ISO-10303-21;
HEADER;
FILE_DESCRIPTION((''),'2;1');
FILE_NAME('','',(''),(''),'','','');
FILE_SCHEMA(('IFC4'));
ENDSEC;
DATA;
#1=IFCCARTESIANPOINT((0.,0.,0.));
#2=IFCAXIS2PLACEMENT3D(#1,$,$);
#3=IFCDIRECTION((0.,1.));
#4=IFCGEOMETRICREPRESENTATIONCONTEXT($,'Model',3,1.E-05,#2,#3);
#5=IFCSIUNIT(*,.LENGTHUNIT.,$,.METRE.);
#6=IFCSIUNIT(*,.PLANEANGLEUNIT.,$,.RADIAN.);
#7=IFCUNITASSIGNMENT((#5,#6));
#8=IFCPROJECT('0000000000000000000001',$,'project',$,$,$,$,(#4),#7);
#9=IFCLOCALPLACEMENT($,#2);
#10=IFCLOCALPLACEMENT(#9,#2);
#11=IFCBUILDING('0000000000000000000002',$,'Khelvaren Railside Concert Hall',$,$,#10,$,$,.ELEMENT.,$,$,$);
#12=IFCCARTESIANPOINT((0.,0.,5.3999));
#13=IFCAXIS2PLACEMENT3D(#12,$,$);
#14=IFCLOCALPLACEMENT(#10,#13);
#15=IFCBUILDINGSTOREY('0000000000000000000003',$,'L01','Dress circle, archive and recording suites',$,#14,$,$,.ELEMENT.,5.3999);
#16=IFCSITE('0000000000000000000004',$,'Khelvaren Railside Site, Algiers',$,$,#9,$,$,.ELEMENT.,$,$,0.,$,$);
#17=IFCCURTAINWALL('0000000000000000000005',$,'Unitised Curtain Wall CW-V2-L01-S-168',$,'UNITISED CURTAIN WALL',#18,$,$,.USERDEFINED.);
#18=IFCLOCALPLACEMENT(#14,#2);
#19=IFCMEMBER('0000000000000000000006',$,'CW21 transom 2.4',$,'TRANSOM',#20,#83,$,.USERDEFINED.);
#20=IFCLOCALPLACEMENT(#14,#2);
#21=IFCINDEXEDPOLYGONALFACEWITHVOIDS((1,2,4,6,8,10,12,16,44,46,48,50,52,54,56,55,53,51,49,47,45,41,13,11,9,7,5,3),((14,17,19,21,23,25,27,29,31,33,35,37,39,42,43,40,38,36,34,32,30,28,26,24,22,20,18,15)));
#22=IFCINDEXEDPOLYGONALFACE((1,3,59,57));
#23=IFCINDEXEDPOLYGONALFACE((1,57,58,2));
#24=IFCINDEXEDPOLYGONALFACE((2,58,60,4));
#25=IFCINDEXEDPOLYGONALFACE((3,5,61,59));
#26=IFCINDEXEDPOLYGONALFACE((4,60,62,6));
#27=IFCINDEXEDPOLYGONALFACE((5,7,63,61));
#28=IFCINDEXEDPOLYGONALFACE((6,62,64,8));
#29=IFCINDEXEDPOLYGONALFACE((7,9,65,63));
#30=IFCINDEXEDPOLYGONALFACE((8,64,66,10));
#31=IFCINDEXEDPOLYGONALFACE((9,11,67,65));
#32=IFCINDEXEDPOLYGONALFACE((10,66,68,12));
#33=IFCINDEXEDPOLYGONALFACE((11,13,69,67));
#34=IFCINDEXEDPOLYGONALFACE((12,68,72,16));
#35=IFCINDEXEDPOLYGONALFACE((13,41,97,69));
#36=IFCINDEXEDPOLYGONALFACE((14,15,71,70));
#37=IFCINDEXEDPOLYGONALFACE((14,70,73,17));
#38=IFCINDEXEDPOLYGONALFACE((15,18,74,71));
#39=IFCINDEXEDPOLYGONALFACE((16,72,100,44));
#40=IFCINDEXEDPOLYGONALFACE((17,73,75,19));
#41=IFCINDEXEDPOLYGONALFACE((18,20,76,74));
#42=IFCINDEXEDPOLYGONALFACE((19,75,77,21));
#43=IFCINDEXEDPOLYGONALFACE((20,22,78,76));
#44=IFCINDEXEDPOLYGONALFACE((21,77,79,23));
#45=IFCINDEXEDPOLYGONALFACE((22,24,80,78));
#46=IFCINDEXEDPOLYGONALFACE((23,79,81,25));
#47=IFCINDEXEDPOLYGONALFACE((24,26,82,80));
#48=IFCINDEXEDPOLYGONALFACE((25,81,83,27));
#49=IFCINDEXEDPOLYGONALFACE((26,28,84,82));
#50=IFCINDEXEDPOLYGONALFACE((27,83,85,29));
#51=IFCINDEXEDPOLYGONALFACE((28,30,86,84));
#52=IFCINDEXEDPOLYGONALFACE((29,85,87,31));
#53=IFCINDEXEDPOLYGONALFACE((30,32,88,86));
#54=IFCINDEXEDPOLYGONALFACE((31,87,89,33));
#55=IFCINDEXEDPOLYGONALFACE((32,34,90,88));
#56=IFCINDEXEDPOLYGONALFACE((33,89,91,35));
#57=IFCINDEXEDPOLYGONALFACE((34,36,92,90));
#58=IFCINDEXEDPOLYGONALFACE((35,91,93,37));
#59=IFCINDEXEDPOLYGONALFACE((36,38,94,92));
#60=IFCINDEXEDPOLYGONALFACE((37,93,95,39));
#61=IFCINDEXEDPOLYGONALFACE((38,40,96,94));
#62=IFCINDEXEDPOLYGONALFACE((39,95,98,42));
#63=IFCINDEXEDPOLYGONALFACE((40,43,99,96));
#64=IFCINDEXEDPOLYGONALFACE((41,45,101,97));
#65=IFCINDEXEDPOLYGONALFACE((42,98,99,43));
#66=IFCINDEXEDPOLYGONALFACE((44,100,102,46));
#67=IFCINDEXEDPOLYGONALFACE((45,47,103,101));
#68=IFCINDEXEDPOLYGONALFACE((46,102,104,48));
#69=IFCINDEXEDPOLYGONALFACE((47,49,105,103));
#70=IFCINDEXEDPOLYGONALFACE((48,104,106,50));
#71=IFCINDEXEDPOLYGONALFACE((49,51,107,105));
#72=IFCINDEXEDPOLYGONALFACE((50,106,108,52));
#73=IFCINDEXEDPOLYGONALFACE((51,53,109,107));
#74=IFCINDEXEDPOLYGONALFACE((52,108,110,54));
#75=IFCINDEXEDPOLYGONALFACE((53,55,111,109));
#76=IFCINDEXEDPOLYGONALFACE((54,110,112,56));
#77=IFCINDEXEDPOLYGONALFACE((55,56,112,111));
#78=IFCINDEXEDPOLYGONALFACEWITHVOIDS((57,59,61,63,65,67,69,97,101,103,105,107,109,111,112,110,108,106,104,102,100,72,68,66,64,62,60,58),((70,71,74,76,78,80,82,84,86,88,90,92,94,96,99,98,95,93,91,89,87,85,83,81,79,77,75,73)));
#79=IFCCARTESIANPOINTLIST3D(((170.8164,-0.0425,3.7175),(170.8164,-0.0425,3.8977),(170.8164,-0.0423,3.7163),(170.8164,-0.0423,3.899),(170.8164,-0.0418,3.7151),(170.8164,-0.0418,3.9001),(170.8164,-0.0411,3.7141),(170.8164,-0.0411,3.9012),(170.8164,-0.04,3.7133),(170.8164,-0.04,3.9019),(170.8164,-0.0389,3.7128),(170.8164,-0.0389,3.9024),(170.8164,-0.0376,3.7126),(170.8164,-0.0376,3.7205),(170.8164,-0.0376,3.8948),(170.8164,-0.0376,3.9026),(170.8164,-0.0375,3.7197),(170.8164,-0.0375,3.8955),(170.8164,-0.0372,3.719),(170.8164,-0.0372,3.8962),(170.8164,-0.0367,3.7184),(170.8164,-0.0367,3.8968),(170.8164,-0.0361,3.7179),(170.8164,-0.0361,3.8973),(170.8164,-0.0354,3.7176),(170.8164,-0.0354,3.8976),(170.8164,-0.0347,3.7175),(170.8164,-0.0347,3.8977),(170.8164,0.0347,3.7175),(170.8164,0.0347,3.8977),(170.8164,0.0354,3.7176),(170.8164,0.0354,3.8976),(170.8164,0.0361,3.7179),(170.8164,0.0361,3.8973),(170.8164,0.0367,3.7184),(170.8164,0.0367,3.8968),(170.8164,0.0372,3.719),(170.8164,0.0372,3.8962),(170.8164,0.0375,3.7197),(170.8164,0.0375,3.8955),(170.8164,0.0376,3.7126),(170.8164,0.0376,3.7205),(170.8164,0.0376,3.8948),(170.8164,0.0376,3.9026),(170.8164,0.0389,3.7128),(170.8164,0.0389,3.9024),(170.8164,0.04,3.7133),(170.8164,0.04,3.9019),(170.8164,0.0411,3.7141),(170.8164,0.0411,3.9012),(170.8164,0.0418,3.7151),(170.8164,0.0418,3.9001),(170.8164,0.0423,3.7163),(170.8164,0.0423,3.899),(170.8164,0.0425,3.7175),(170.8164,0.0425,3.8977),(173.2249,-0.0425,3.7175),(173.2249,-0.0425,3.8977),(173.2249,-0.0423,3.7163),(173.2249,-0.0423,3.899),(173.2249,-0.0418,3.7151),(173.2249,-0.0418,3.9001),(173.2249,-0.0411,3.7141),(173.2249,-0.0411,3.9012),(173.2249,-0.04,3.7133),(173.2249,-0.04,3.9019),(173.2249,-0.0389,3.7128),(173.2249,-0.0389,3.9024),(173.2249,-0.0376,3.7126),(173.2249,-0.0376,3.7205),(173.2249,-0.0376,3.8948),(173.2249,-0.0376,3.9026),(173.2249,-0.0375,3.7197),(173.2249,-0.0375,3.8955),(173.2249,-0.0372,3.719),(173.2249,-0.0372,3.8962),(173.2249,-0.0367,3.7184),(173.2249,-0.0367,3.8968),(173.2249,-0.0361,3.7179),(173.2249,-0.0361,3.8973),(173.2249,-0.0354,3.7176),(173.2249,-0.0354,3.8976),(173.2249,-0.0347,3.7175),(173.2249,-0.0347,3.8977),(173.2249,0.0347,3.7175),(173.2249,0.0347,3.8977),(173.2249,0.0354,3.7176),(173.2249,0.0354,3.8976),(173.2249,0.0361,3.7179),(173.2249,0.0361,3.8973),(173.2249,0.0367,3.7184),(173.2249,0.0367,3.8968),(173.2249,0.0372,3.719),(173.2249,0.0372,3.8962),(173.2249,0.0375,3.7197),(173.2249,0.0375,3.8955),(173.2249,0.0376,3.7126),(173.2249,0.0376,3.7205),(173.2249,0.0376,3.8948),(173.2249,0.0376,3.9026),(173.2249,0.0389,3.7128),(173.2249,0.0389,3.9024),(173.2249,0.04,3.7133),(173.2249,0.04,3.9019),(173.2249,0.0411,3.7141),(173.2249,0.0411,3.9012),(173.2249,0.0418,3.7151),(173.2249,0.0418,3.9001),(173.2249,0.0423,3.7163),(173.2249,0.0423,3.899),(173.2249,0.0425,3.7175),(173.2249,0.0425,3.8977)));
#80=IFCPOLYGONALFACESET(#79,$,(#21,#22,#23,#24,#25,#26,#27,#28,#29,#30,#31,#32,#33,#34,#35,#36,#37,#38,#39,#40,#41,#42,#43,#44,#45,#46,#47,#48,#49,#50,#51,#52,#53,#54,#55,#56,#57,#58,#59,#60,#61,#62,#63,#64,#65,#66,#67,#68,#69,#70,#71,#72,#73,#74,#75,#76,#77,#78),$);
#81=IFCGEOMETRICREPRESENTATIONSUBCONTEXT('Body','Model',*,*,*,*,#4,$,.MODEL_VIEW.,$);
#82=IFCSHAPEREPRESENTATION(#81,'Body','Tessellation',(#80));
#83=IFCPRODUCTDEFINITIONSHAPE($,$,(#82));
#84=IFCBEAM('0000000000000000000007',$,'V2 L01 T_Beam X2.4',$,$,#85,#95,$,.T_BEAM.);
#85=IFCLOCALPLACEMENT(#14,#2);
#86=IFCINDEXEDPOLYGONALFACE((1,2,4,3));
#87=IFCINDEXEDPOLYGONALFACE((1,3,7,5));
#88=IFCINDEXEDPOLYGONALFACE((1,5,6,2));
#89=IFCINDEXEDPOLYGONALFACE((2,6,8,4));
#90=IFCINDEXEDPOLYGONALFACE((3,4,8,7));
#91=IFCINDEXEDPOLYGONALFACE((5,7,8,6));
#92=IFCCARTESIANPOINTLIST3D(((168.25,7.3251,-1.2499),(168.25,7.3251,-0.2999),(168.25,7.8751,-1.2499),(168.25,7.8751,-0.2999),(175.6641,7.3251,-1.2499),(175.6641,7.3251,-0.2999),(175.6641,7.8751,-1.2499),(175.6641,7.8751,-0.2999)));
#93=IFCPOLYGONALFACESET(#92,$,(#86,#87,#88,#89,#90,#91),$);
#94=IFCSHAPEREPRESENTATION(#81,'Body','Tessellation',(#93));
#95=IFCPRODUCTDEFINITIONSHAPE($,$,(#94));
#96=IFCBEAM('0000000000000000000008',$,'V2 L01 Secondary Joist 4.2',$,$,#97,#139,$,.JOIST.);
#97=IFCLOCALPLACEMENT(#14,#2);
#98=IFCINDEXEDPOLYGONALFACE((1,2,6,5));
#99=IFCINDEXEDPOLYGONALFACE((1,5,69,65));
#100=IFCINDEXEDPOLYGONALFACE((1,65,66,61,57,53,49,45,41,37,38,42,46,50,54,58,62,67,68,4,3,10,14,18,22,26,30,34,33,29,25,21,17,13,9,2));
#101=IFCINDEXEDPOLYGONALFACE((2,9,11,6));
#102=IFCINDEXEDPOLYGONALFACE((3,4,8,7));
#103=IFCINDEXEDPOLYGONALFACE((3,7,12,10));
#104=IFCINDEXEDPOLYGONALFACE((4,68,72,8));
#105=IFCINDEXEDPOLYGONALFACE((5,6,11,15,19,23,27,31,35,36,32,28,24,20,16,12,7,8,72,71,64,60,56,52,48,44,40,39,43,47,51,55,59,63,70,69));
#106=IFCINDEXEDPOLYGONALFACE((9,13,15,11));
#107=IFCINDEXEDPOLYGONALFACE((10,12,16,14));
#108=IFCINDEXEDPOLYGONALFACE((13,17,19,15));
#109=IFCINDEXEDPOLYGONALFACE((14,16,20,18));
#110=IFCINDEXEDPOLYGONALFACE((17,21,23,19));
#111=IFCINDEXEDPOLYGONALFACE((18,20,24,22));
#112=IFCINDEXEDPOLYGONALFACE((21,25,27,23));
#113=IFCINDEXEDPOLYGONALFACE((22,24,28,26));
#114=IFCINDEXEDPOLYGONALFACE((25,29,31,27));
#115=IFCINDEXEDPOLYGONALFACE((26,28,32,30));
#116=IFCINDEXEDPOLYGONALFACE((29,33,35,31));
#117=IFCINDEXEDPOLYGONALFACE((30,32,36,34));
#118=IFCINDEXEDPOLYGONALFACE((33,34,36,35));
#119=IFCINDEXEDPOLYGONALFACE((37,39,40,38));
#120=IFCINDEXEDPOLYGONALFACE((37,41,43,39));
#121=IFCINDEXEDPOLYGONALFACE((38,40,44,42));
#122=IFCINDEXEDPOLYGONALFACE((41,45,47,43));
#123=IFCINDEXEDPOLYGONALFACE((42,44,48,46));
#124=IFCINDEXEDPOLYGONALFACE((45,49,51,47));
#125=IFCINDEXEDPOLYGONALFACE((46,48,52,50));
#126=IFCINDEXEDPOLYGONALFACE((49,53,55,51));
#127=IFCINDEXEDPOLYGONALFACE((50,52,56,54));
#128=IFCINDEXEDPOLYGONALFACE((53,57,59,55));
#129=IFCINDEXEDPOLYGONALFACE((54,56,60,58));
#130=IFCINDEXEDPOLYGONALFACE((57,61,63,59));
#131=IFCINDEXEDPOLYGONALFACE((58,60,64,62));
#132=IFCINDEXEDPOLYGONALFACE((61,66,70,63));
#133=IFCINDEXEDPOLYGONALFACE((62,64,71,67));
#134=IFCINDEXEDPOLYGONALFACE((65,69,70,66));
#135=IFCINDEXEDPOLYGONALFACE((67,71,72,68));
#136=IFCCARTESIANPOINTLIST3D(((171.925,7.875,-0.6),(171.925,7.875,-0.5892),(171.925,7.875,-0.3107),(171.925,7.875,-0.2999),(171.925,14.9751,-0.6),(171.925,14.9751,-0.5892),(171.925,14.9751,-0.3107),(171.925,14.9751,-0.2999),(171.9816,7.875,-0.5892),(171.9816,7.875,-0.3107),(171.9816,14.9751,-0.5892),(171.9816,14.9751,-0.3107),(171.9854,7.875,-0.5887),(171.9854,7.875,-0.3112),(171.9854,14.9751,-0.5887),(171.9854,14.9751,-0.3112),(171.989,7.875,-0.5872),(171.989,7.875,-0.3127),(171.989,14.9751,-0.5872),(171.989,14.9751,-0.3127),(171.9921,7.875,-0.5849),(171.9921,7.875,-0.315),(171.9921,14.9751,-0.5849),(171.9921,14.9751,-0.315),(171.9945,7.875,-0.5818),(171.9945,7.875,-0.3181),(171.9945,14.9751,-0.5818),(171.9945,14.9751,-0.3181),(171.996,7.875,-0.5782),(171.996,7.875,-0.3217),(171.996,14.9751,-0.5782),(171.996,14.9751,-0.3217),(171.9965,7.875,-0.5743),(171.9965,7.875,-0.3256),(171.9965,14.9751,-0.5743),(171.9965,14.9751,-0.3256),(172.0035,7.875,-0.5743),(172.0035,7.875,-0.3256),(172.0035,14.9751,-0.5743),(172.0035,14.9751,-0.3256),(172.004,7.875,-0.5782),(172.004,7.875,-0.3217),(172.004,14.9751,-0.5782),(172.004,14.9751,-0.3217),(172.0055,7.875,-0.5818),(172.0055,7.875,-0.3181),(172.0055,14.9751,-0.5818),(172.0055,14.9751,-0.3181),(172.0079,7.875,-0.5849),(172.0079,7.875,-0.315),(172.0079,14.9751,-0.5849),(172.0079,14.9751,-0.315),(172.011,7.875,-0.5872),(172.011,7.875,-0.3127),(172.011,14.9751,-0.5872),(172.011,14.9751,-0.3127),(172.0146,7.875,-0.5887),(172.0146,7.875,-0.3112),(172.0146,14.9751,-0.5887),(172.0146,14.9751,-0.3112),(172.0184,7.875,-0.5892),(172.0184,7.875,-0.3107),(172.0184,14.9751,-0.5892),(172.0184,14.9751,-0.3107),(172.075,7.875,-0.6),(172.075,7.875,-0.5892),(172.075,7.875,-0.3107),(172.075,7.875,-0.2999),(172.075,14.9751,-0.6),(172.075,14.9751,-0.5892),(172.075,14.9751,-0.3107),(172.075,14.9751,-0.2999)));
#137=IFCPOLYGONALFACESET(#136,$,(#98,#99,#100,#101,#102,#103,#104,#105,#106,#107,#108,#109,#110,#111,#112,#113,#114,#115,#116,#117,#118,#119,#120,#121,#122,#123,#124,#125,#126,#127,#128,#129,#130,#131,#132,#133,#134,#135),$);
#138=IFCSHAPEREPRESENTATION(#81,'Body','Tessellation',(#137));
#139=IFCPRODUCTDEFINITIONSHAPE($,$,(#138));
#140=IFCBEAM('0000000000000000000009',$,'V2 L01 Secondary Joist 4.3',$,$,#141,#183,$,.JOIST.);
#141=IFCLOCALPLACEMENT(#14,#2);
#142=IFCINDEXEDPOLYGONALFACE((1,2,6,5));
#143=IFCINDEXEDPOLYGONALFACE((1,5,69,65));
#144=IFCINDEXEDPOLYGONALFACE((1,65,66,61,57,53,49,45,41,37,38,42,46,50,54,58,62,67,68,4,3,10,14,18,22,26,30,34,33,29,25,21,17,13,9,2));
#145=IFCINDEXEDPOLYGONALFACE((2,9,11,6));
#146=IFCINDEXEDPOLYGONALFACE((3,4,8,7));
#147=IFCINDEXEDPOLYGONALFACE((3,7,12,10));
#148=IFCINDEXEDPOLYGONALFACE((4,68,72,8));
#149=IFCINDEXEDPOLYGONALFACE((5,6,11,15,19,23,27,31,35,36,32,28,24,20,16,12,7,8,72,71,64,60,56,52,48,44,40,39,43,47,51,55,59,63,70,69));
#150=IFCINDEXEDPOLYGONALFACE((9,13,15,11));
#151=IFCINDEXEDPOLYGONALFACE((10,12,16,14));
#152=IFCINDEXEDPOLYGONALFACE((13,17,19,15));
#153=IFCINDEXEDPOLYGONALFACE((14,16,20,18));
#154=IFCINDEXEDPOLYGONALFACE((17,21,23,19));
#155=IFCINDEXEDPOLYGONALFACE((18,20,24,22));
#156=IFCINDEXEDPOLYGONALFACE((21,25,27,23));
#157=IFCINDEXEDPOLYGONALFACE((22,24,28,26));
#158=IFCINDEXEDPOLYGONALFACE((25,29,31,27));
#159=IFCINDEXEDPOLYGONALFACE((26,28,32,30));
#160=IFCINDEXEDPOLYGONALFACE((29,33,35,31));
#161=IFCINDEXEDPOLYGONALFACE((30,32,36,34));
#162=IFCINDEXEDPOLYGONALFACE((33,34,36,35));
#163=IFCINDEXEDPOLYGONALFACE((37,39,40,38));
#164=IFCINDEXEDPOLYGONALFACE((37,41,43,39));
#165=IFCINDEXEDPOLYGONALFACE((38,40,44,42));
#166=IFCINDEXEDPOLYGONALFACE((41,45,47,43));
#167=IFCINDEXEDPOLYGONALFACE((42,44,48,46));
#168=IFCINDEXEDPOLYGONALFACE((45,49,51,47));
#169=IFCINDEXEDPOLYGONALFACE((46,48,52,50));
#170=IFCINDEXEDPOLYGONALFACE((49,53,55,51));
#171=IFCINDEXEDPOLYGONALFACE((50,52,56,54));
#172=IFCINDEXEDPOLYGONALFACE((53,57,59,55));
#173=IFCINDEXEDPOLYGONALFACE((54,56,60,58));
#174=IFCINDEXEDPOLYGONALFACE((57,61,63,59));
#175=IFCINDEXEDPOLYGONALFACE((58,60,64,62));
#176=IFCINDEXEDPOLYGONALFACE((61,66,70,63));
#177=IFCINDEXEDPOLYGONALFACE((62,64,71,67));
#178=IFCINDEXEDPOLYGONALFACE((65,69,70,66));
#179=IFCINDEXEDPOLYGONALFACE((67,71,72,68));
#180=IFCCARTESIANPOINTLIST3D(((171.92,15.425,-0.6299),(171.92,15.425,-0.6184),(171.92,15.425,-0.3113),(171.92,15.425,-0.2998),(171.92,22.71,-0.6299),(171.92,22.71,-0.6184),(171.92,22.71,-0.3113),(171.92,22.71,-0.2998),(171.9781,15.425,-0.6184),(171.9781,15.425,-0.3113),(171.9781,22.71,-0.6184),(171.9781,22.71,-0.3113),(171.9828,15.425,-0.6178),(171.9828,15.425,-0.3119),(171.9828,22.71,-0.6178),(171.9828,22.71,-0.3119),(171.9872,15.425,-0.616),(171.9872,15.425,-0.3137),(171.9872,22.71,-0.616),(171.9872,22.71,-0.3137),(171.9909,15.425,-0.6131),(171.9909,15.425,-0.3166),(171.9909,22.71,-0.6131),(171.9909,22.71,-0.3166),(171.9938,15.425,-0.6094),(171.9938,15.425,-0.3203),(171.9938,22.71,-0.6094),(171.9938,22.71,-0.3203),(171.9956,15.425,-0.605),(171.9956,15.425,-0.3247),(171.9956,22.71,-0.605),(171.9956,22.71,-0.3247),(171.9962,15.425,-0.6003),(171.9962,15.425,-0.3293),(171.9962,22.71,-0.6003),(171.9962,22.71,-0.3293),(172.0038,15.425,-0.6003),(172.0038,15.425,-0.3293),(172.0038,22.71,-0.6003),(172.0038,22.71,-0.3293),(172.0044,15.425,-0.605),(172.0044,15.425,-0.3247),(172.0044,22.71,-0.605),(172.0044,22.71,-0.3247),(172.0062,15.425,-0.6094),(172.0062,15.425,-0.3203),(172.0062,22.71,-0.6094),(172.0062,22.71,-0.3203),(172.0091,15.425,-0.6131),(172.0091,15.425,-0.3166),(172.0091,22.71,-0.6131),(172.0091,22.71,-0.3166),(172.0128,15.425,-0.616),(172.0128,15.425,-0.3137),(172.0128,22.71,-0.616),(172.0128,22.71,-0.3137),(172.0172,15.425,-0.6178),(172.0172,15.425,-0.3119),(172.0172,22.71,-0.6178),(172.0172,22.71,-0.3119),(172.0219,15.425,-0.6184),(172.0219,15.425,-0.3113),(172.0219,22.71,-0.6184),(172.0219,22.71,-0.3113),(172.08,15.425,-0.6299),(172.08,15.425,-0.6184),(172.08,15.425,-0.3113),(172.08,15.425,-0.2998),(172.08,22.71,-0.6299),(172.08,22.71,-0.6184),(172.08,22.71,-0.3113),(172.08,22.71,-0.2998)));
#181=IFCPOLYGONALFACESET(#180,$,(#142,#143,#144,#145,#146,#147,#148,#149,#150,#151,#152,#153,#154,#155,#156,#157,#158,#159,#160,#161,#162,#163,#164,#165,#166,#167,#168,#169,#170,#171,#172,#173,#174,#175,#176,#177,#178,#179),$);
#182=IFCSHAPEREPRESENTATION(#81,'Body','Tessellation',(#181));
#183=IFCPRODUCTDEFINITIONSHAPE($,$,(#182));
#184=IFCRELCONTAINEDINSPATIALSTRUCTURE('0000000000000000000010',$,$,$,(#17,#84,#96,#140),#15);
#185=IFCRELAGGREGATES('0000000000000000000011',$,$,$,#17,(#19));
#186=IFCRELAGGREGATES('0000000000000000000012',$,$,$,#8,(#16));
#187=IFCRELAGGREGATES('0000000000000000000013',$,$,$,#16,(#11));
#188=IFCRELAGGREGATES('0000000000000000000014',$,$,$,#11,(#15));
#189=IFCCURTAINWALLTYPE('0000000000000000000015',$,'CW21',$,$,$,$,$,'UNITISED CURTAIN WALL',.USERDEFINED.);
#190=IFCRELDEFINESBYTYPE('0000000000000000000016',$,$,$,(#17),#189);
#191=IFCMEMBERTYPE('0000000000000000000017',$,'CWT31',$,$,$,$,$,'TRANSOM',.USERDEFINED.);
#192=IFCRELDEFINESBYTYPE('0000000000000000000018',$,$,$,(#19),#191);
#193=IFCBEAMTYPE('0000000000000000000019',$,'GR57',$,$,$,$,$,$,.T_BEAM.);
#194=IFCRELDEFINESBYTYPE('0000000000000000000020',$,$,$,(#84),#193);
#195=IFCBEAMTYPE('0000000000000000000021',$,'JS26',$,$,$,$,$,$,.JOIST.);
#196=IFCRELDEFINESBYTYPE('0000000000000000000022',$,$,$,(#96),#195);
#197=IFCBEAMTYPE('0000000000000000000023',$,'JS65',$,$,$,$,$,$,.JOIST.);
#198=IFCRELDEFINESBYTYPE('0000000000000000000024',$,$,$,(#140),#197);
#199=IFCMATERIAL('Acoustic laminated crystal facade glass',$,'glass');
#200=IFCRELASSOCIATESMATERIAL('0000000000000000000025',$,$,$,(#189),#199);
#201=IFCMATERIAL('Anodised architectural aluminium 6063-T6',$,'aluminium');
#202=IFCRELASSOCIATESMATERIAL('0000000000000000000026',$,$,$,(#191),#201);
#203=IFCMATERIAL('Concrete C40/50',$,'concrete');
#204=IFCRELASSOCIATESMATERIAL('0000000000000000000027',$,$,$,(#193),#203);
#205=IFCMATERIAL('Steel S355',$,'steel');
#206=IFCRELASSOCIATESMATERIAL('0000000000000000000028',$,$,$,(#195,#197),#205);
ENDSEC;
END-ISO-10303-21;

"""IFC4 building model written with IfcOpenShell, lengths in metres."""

from ifc_helpers import new_model, si_unit, direction, frame, origin, origin_2d, place, context, subcontext, project, spatial, rectangle, hollow_rectangle, i_section, extrude, material, material_profile, profile_set, type_object, element, aggregate, save


model = new_model("IFC4")

# Units and contexts
model_context = context("Model", 3, precision=1e-05, world=origin(), true_north=direction((0.0, 1.0)))
body_context = subcontext(model_context, "Body", "Model", "MODEL_VIEW")
ifc_project = project(units=[si_unit("LENGTHUNIT", "METRE"), si_unit("PLANEANGLEUNIT", "RADIAN")], contexts=[model_context])

# Site, building, storey
site_placement = place(None, origin())
site = spatial("IfcSite", under=ifc_project, at=site_placement, Name="Khelvaren Railside Site, Algiers", CompositionType="ELEMENT", RefElevation=0.0)
building_placement = place(site_placement, origin())
building = spatial("IfcBuilding", under=site, at=building_placement, Name="Khelvaren Railside Concert Hall", CompositionType="ELEMENT")
storey_placement = place(building_placement, frame((0.0, 0.0, 5.3999)))
storey = spatial("IfcBuildingStorey", under=building, at=storey_placement, Name="L01", Description="Dress circle, archive and recording suites", CompositionType="ELEMENT", Elevation=5.3999)

# Shared definitions
ifc_material_1 = material(Name="Steel S355", Category="steel")

# Shared definitions
ifc_material_2 = material(Name="Concrete C40/50", Category="concrete")

# Curtain wall, member
ifc_material_3 = material(Name="Acoustic laminated crystal facade glass", Category="glass")
curtain_wall_type = type_object("IfcCurtainWallType", Name="CW21", ElementType="UNITISED CURTAIN WALL", PredefinedType="USERDEFINED", material=ifc_material_3)
curtain_wall_placement = place(storey_placement, origin())
curtain_wall = element("IfcCurtainWall", 1, at=curtain_wall_placement, inside=storey, type_object=curtain_wall_type, Name="Unitised Curtain Wall CW-V2-L01-S-168", ObjectType="UNITISED CURTAIN WALL", PredefinedType="USERDEFINED")
ifc_material_4 = material(Name="Anodised architectural aluminium 6063-T6", Category="aluminium")
ifc_material_profile_1 = material_profile(ifc_material_4, hollow_rectangle(XDim=0.085, YDim=0.1899, WallThickness=0.0049, InnerFilletRadius=0.0029, OuterFilletRadius=0.0049, at=origin_2d()), Name="CWT 85x190x5")
ifc_profile_set_1 = profile_set([ifc_material_profile_1], Name="Anodised architectural aluminium 6063-T6")
member_type_1 = type_object("IfcMemberType", Name="CWT31", ElementType="TRANSOM", PredefinedType="USERDEFINED", material=ifc_profile_set_1)
member_1_placement = place(storey_placement, frame((173.2249, 0.0, 3.8076), z_axis=(-1.0, 0.0, 0.0), x_axis=(0.0, -1.0, 0.0)))
member_1 = element("IfcMember", 2, at=member_1_placement, type_object=member_type_1, Name="CW21 transom 2.4", ObjectType="TRANSOM", PredefinedType="USERDEFINED", context=body_context, shape_type="SweptSolid", body=[
    extrude(hollow_rectangle(XDim=0.085, YDim=0.1899, WallThickness=0.0049, InnerFilletRadius=0.0029, OuterFilletRadius=0.0049, at=origin_2d()), origin(), (0.0, 0.0, 1.0), 2.4084),
])

# Beams
ifc_material_profile_2 = material_profile(ifc_material_2, rectangle(XDim=0.55, YDim=0.95, at=origin_2d()), Name="RCB 550x950")
ifc_profile_set_2 = profile_set([ifc_material_profile_2], Name="Concrete C40/50")
beam_type_1 = type_object("IfcBeamType", Name="GR57", PredefinedType="T_BEAM", material=ifc_profile_set_2)
beam_1_placement = place(storey_placement, frame((168.25, 7.6001, -0.7749), z_axis=(1.0, 0.0, 0.0), x_axis=(0.0, 1.0, 0.0)))
element("IfcBeam", 3, at=beam_1_placement, inside=storey, type_object=beam_type_1, Name="V2 L01 T_Beam X2.4", PredefinedType="T_BEAM", context=body_context, shape_type="SweptSolid", body=[
    extrude(rectangle(XDim=0.55, YDim=0.95, at=origin_2d()), origin(), (0.0, 0.0, 1.0), 7.4141),
])
ifc_material_profile_3 = material_profile(ifc_material_1, i_section(OverallWidth=0.1499, OverallDepth=0.3, WebThickness=0.0071, FlangeThickness=0.0107, FilletRadius=0.0149, at=origin_2d()), Name="IPE 300")
ifc_profile_set_3 = profile_set([ifc_material_profile_3], Name="Steel S355")
beam_type_2 = type_object("IfcBeamType", Name="JS26", PredefinedType="JOIST", material=ifc_profile_set_3)
beam_2_placement = place(storey_placement, frame((172.0, 7.875, -0.45), z_axis=(0.0, 1.0, 0.0), x_axis=(-1.0, 0.0, 0.0)))
element("IfcBeam", 4, at=beam_2_placement, inside=storey, type_object=beam_type_2, Name="V2 L01 Secondary Joist 4.2", PredefinedType="JOIST", context=body_context, shape_type="SweptSolid", body=[
    extrude(i_section(OverallWidth=0.1499, OverallDepth=0.3, WebThickness=0.0071, FlangeThickness=0.0107, FilletRadius=0.0149, at=origin_2d()), origin(), (0.0, 0.0, 1.0), 7.1001),
])
ifc_material_profile_4 = material_profile(ifc_material_1, i_section(OverallWidth=0.1599, OverallDepth=0.3301, WebThickness=0.0076, FlangeThickness=0.0115, FilletRadius=0.0181, at=origin_2d()), Name="IPE 330")
ifc_profile_set_4 = profile_set([ifc_material_profile_4], Name="Steel S355")
beam_type_3 = type_object("IfcBeamType", Name="JS65", PredefinedType="JOIST", material=ifc_profile_set_4)
beam_3_placement = place(storey_placement, frame((172.0, 15.425, -0.4648), z_axis=(0.0, 1.0, 0.0), x_axis=(-1.0, 0.0, 0.0)))
element("IfcBeam", 5, at=beam_3_placement, inside=storey, type_object=beam_type_3, Name="V2 L01 Secondary Joist 4.3", PredefinedType="JOIST", context=body_context, shape_type="SweptSolid", body=[
    extrude(i_section(OverallWidth=0.1599, OverallDepth=0.3301, WebThickness=0.0076, FlangeThickness=0.0115, FilletRadius=0.0181, at=origin_2d()), origin(), (0.0, 0.0, 1.0), 7.2849),
])

aggregate(curtain_wall, [member_1])

save(model, "model.ifc")
